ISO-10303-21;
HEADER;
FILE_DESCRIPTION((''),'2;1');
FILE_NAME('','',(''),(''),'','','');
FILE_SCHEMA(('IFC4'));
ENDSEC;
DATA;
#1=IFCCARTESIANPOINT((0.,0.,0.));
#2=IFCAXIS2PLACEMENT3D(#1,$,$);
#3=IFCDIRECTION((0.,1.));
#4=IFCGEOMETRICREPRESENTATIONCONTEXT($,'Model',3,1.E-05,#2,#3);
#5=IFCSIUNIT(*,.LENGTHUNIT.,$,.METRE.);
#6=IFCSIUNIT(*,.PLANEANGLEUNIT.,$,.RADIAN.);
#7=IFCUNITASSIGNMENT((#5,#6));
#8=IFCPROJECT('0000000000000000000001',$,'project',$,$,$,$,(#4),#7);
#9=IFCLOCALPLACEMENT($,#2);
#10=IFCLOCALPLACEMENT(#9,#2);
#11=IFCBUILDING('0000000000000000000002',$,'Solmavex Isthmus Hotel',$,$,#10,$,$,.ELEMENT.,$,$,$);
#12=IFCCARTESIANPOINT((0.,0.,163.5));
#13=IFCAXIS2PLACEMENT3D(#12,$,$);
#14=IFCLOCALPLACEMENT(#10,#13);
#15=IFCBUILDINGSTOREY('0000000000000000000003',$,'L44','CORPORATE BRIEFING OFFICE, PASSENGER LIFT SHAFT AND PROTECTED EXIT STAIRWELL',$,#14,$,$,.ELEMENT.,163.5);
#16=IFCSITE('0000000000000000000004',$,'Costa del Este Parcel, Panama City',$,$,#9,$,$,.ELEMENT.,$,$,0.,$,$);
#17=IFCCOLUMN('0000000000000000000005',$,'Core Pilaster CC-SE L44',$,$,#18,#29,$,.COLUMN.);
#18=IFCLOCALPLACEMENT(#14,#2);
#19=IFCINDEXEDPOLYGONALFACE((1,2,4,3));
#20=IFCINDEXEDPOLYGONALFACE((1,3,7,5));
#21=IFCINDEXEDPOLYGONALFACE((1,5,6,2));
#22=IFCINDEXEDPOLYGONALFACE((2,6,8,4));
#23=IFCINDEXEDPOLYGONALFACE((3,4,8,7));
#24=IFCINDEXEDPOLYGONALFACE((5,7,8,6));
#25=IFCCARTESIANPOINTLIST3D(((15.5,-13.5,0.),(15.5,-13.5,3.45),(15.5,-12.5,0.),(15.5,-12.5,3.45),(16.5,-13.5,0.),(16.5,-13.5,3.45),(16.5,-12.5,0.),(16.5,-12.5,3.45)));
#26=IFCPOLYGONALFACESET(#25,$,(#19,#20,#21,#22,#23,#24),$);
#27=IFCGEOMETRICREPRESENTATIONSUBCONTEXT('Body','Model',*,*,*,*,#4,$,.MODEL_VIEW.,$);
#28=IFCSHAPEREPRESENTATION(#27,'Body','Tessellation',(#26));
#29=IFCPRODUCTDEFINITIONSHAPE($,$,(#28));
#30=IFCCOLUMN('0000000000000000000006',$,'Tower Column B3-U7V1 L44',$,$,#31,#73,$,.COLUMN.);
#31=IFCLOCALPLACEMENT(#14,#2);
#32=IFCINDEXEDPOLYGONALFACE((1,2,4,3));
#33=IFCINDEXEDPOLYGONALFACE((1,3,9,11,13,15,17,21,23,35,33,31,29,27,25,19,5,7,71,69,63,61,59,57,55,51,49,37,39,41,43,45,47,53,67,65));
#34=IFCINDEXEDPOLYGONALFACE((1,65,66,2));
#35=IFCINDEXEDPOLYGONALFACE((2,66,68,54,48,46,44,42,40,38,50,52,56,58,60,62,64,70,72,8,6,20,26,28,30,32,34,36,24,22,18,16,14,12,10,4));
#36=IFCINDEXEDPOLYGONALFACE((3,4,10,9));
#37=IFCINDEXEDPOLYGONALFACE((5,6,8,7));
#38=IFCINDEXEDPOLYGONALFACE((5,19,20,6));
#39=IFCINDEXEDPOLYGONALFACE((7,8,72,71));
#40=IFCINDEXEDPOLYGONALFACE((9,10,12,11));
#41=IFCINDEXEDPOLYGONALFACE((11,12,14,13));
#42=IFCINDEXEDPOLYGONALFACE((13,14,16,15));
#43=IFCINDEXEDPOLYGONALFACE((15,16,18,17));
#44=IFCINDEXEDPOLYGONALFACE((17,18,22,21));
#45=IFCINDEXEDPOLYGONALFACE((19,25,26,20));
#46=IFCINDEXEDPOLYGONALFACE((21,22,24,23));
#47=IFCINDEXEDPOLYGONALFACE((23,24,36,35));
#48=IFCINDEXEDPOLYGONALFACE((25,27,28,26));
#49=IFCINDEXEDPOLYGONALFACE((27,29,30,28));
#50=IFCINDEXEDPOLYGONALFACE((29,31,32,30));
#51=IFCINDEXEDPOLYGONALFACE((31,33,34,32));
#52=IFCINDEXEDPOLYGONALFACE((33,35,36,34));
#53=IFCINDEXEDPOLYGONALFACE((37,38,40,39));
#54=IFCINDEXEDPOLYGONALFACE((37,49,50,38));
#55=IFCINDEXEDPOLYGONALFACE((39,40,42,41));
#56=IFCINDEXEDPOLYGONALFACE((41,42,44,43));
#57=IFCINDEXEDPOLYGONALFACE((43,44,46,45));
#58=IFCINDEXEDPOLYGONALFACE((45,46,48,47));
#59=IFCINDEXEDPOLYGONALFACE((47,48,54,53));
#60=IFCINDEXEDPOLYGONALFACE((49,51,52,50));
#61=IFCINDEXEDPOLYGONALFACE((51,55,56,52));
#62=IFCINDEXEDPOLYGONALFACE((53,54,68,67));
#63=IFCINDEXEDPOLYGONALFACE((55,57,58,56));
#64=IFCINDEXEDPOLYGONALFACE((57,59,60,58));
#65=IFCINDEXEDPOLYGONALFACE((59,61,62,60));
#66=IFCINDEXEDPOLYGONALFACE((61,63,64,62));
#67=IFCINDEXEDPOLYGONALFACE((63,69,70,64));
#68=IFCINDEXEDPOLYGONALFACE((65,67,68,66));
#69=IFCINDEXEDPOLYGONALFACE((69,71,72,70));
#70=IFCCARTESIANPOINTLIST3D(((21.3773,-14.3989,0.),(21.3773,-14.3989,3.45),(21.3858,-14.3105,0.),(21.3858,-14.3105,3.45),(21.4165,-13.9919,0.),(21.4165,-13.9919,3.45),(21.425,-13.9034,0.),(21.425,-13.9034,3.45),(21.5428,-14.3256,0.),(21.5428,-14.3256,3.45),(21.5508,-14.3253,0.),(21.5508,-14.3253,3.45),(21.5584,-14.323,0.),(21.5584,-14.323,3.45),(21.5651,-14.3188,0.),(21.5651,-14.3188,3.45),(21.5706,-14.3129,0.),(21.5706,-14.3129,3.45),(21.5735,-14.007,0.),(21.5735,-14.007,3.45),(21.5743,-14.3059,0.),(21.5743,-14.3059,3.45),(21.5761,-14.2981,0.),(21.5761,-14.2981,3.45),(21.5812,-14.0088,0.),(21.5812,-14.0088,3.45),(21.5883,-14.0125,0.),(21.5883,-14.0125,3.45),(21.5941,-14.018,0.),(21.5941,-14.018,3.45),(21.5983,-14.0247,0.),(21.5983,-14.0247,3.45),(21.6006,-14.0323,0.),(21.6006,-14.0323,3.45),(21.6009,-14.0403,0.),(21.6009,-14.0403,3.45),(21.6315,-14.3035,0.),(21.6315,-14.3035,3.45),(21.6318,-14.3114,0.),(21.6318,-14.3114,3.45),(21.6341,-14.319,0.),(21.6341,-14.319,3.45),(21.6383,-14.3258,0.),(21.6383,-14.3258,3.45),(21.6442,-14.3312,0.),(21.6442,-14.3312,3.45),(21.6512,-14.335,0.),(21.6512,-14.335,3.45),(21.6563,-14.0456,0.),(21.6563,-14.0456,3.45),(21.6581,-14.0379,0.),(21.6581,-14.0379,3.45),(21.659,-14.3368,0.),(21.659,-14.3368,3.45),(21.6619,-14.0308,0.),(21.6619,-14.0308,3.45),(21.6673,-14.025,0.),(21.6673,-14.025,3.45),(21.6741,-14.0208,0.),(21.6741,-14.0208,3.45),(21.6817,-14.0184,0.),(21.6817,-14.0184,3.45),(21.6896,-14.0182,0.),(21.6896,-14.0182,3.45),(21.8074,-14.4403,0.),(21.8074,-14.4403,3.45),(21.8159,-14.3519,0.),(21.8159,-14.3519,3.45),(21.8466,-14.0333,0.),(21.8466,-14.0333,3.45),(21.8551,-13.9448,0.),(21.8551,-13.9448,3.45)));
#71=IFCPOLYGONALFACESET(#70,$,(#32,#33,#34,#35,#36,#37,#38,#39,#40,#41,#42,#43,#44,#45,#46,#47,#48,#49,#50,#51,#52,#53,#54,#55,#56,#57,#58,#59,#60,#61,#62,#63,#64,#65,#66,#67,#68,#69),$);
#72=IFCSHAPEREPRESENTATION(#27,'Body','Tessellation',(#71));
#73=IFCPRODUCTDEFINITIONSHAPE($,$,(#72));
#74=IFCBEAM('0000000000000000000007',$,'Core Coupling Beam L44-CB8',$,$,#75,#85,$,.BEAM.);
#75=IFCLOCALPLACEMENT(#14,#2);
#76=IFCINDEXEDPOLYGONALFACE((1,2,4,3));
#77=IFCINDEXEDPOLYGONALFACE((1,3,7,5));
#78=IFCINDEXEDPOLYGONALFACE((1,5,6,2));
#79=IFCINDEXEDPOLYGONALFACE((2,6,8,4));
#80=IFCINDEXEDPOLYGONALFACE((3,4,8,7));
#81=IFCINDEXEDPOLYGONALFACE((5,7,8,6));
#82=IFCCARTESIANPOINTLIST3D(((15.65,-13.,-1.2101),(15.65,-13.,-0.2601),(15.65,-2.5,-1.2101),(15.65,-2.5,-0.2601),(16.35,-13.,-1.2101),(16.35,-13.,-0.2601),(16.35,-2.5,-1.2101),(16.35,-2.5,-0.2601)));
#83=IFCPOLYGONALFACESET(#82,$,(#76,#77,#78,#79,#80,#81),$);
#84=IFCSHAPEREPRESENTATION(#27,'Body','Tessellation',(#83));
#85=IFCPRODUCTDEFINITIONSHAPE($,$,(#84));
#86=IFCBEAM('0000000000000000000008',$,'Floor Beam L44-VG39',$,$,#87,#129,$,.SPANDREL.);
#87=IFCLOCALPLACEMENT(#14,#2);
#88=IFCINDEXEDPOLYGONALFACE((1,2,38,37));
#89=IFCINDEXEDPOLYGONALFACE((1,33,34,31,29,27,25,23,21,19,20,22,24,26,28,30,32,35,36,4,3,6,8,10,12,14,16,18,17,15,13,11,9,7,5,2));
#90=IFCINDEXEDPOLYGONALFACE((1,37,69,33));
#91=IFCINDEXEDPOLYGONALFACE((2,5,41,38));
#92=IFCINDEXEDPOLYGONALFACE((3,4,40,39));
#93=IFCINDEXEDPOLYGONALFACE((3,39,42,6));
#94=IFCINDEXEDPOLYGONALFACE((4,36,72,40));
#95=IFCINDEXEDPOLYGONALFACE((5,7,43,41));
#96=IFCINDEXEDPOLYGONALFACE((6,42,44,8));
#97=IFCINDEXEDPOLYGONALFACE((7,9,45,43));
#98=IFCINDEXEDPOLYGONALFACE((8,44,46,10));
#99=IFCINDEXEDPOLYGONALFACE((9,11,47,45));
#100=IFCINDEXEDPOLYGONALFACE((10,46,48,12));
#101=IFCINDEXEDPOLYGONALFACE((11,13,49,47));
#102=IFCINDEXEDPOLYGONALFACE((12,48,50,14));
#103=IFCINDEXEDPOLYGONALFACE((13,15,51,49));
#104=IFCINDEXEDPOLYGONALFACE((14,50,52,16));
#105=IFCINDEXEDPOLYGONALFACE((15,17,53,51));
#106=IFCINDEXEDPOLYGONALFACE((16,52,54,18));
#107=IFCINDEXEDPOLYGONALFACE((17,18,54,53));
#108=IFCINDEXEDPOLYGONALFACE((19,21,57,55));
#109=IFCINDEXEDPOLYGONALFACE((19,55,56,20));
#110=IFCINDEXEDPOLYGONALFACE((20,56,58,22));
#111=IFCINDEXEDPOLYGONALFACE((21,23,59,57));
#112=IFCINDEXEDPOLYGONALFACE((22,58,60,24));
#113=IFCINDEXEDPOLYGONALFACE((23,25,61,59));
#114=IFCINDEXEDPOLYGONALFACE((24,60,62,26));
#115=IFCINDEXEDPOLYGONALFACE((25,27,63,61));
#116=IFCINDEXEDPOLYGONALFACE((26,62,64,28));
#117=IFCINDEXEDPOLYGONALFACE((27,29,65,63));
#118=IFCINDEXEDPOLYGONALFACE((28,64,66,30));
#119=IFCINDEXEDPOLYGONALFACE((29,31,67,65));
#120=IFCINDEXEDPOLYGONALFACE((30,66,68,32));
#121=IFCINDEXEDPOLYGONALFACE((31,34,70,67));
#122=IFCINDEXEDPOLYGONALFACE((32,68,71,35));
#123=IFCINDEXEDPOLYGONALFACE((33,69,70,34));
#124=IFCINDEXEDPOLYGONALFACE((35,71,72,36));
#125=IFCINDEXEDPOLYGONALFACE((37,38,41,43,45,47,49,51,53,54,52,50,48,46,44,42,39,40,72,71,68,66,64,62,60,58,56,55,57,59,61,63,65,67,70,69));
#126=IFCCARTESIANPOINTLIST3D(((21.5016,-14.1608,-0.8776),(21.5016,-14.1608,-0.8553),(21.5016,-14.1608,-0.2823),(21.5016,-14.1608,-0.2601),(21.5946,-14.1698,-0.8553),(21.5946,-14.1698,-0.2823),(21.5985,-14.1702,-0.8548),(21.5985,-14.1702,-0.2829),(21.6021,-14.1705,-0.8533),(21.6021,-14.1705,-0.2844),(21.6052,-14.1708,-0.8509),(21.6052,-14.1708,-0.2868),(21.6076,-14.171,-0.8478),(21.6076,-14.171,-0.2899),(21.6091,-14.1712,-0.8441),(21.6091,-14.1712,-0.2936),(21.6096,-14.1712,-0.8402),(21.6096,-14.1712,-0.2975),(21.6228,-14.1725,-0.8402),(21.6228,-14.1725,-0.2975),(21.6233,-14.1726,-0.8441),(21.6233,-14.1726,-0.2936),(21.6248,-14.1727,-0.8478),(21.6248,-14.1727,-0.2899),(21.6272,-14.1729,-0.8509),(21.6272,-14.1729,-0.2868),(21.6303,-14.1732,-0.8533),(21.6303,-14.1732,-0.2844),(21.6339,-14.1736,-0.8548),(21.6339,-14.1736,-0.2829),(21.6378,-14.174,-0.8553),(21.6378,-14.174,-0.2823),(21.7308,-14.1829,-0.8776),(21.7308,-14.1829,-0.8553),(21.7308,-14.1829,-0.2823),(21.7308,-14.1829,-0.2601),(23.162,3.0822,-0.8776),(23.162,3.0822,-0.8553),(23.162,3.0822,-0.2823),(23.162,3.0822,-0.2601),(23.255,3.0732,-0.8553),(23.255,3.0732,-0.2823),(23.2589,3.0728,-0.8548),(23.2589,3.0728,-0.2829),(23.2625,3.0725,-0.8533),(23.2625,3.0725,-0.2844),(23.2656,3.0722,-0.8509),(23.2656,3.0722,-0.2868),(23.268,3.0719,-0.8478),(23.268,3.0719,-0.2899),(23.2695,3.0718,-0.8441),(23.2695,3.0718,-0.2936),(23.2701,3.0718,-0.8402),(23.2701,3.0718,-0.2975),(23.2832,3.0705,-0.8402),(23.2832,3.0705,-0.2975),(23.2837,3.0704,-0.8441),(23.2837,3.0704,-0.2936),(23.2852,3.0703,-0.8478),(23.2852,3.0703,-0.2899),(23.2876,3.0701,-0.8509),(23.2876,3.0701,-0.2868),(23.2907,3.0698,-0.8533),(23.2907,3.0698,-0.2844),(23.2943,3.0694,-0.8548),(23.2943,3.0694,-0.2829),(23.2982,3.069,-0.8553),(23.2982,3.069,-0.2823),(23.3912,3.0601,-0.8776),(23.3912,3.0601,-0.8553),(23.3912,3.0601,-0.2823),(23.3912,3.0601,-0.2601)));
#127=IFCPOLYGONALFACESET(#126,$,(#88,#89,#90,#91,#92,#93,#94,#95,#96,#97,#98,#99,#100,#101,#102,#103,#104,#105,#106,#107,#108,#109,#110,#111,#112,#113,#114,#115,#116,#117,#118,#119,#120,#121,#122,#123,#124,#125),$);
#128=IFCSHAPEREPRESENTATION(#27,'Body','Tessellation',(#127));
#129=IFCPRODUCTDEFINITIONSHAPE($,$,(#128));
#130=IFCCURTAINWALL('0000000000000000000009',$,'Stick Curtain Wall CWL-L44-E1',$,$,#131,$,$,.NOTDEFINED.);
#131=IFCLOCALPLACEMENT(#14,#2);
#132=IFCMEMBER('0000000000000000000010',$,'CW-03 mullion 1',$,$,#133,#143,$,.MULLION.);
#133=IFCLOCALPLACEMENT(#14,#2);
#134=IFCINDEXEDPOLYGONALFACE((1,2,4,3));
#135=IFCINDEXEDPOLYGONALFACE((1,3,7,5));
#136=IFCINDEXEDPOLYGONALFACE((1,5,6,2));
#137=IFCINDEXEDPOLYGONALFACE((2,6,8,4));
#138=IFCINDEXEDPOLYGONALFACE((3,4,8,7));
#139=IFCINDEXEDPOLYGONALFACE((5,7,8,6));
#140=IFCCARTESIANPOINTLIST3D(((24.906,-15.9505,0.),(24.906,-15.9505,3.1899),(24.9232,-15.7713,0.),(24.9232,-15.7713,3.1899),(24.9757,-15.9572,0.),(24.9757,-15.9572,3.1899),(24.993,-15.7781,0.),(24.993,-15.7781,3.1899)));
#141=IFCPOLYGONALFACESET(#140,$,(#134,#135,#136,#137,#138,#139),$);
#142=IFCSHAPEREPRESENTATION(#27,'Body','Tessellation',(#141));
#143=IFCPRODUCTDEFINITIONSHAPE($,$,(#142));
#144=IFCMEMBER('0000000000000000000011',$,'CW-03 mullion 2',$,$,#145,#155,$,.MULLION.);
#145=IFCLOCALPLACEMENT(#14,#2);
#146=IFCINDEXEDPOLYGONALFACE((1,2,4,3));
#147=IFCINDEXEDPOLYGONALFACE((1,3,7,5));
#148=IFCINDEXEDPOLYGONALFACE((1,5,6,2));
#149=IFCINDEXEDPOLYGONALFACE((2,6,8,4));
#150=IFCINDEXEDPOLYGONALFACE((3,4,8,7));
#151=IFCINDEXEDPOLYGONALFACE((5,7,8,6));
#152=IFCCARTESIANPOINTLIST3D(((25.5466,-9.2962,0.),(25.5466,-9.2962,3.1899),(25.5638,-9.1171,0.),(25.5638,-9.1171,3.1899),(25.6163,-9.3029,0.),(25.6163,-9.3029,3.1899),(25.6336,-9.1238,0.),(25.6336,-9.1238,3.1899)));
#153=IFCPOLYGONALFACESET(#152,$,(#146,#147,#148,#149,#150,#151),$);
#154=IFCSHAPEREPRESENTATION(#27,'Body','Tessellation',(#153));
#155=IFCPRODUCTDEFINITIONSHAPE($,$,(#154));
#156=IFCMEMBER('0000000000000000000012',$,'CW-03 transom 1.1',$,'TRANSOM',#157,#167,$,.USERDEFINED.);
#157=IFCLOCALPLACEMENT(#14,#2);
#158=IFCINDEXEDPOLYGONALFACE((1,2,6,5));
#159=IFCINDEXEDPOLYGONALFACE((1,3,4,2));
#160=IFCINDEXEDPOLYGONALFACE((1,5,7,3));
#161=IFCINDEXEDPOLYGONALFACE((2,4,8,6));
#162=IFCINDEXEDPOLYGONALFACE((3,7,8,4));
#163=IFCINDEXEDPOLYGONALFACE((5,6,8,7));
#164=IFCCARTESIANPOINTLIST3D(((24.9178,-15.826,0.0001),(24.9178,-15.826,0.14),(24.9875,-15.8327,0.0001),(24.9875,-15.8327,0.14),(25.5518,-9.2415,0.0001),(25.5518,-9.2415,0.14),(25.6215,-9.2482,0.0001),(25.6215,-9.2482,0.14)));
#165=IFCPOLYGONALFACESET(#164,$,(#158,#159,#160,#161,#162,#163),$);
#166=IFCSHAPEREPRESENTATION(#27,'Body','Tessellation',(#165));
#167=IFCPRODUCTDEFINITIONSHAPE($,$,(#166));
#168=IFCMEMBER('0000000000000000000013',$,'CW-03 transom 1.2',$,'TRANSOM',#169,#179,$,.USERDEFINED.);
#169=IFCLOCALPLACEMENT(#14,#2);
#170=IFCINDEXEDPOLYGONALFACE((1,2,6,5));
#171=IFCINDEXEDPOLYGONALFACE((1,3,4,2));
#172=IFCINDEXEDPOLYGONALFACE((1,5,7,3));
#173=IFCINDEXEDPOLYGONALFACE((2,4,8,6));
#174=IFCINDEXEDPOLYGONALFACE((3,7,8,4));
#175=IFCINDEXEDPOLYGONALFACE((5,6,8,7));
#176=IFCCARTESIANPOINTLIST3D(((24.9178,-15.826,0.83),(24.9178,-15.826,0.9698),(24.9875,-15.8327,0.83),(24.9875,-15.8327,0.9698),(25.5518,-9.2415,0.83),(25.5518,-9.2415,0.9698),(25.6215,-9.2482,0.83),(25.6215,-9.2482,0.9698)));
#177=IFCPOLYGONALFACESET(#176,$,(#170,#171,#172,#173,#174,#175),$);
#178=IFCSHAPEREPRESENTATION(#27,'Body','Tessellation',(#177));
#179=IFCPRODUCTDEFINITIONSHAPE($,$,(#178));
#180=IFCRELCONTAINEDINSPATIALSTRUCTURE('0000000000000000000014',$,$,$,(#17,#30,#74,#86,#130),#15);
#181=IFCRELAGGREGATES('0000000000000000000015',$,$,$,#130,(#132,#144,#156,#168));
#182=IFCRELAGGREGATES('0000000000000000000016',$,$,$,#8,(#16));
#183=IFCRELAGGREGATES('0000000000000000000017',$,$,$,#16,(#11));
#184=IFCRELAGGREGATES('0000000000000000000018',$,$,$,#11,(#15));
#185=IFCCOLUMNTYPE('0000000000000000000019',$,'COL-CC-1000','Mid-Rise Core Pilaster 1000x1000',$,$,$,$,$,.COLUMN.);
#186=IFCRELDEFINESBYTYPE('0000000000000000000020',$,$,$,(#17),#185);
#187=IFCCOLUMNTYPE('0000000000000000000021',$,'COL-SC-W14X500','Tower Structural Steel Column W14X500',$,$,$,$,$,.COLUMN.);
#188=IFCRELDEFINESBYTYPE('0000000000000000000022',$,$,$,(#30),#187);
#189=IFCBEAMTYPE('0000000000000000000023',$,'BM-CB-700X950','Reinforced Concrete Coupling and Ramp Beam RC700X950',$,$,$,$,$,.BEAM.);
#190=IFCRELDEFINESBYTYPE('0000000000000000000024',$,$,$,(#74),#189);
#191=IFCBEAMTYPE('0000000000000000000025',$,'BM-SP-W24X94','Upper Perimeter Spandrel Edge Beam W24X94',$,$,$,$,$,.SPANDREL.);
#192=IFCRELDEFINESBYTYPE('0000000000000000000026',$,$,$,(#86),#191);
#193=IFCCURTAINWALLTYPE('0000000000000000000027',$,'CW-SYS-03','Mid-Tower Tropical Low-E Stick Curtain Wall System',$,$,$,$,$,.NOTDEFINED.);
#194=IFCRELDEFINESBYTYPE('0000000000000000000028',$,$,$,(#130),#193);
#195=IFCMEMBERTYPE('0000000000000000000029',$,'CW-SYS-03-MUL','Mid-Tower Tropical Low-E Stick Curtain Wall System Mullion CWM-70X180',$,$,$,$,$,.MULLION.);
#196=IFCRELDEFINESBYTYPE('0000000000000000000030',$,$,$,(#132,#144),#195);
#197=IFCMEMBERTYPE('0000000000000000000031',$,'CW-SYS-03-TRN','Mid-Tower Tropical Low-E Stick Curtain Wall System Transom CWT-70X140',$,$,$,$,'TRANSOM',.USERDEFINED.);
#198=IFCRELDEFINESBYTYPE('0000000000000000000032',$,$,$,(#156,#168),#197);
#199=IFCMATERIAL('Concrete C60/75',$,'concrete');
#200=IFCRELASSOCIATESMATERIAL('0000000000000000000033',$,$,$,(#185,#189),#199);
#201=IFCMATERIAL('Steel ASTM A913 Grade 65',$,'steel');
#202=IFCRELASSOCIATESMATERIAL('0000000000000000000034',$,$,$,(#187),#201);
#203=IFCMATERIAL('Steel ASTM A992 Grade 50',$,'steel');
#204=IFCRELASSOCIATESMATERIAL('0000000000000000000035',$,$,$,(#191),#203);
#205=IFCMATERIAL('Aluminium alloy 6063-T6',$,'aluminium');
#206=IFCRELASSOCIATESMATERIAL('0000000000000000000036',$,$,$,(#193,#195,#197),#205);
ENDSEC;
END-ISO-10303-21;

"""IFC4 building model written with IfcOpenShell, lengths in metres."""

from ifc_helpers import new_model, si_unit, direction, frame, origin, origin_2d, place, context, subcontext, project, spatial, rectangle, i_section, extrude, material, material_profile, profile_set, type_object, element, aggregate, save


model = new_model("IFC4")

# Units and contexts
model_context = context("Model", 3, precision=1e-05, world=origin(), true_north=direction((0.0, 1.0)))
body_context = subcontext(model_context, "Body", "Model", "MODEL_VIEW")
ifc_project = project(units=[si_unit("LENGTHUNIT", "METRE"), si_unit("PLANEANGLEUNIT", "RADIAN")], contexts=[model_context])

# Site, building, storey
site_placement = place(None, origin())
site = spatial("IfcSite", under=ifc_project, at=site_placement, Name="Costa del Este Parcel, Panama City", CompositionType="ELEMENT", RefElevation=0.0)
building_placement = place(site_placement, origin())
building = spatial("IfcBuilding", under=site, at=building_placement, Name="Solmavex Isthmus Hotel", CompositionType="ELEMENT")
storey_placement = place(building_placement, frame((0.0, 0.0, 163.5)))
storey = spatial("IfcBuildingStorey", under=building, at=storey_placement, Name="L44", Description="CORPORATE BRIEFING OFFICE, PASSENGER LIFT SHAFT AND PROTECTED EXIT STAIRWELL", CompositionType="ELEMENT", Elevation=163.5)

# Columns
ifc_material_1 = material(Name="Concrete C60/75", Category="concrete")
ifc_material_profile_1 = material_profile(ifc_material_1, rectangle(XDim=1.0, YDim=1.0, at=origin_2d()), Name="RC1000X1000")
ifc_profile_set_1 = profile_set([ifc_material_profile_1], Name="Concrete C60/75")
column_type_1 = type_object("IfcColumnType", Name="COL-CC-1000", Description="Mid-Rise Core Pilaster 1000x1000", PredefinedType="COLUMN", material=ifc_profile_set_1)
column_1_placement = place(storey_placement, frame((16.0, -13.0, 0.0), z_axis=(0.0, 0.0, 1.0), x_axis=(1.0, 0.0, 0.0)))
element("IfcColumn", 1, at=column_1_placement, inside=storey, type_object=column_type_1, Name="Core Pilaster CC-SE L44", PredefinedType="COLUMN", context=body_context, shape_type="SweptSolid", body=[
    extrude(rectangle(XDim=1.0, YDim=1.0, at=origin_2d()), origin(), (0.0, 0.0, 1.0), 3.45),
])
ifc_material_2 = material(Name="Steel ASTM A913 Grade 65", Category="steel")
ifc_material_profile_2 = material_profile(ifc_material_2, i_section(OverallWidth=0.4321, OverallDepth=0.4978, WebThickness=0.0557, FlangeThickness=0.0889, FilletRadius=0.0305, at=origin_2d()), Name="W14X500")
ifc_profile_set_2 = profile_set([ifc_material_profile_2], Name="Steel ASTM A913 Grade 65")
column_type_2 = type_object("IfcColumnType", Name="COL-SC-W14X500", Description="Tower Structural Steel Column W14X500", PredefinedType="COLUMN", material=ifc_profile_set_2)
column_2_placement = place(storey_placement, frame((21.6162, -14.1719, 0.0), z_axis=(0.0, 0.0, 1.0), x_axis=(0.995396, -0.095846, 0.0)))
element("IfcColumn", 2, at=column_2_placement, inside=storey, type_object=column_type_2, Name="Tower Column B3-U7V1 L44", PredefinedType="COLUMN", context=body_context, shape_type="SweptSolid", body=[
    extrude(i_section(OverallWidth=0.4321, OverallDepth=0.4978, WebThickness=0.0557, FlangeThickness=0.0889, FilletRadius=0.0305, at=origin_2d()), origin(), (0.0, 0.0, 1.0), 3.45),
])

# Beams
ifc_material_profile_3 = material_profile(ifc_material_1, rectangle(XDim=0.7, YDim=0.95, at=origin_2d()), Name="RC700X950")
ifc_profile_set_3 = profile_set([ifc_material_profile_3], Name="Concrete C60/75")
beam_type_1 = type_object("IfcBeamType", Name="BM-CB-700X950", Description="Reinforced Concrete Coupling and Ramp Beam RC700X950", PredefinedType="BEAM", material=ifc_profile_set_3)
beam_1_placement = place(storey_placement, frame((16.0, -13.0, -0.7351), z_axis=(0.0, 1.0, 0.0), x_axis=(-1.0, 0.0, 0.0)))
element("IfcBeam", 3, at=beam_1_placement, inside=storey, type_object=beam_type_1, Name="Core Coupling Beam L44-CB8", PredefinedType="BEAM", context=body_context, shape_type="SweptSolid", body=[
    extrude(rectangle(XDim=0.7, YDim=0.95, at=origin_2d()), origin(), (0.0, 0.0, 1.0), 10.5),
])
ifc_material_3 = material(Name="Steel ASTM A992 Grade 50", Category="steel")
ifc_material_profile_4 = material_profile(ifc_material_3, i_section(OverallWidth=0.2302, OverallDepth=0.6174, WebThickness=0.0132, FlangeThickness=0.0222, FilletRadius=0.0151, at=origin_2d()), Name="W24X94")
ifc_profile_set_4 = profile_set([ifc_material_profile_4], Name="Steel ASTM A992 Grade 50")
beam_type_2 = type_object("IfcBeamType", Name="BM-SP-W24X94", Description="Upper Perimeter Spandrel Edge Beam W24X94", PredefinedType="SPANDREL", material=ifc_profile_set_4)
beam_2_placement = place(storey_placement, frame((21.6162, -14.1719, -0.5688), z_axis=(0.095851, 0.995396, 0.0), x_axis=(-0.995396, 0.095851, 0.0)))
element("IfcBeam", 4, at=beam_2_placement, inside=storey, type_object=beam_type_2, Name="Floor Beam L44-VG39", PredefinedType="SPANDREL", context=body_context, shape_type="SweptSolid", body=[
    extrude(i_section(OverallWidth=0.2302, OverallDepth=0.6174, WebThickness=0.0132, FlangeThickness=0.0222, FilletRadius=0.0151, at=origin_2d()), origin(), (0.0, 0.0, 1.0), 17.3228),
])

# Curtain wall, members
ifc_material_4 = material(Name="Aluminium alloy 6063-T6", Category="aluminium")
curtain_wall_type = type_object("IfcCurtainWallType", Name="CW-SYS-03", Description="Mid-Tower Tropical Low-E Stick Curtain Wall System", PredefinedType="NOTDEFINED", material=ifc_material_4)
curtain_wall_placement = place(storey_placement, origin())
curtain_wall = element("IfcCurtainWall", 5, at=curtain_wall_placement, inside=storey, type_object=curtain_wall_type, Name="Stick Curtain Wall CWL-L44-E1", PredefinedType="NOTDEFINED")
ifc_material_profile_5 = material_profile(ifc_material_4, rectangle(XDim=0.0701, YDim=0.1799, at=origin_2d()), Name="CWM-70X180")
ifc_profile_set_5 = profile_set([ifc_material_profile_5], Name="Aluminium alloy 6063-T6")
member_type_1 = type_object("IfcMemberType", Name="CW-SYS-03-MUL", Description="Mid-Tower Tropical Low-E Stick Curtain Wall System Mullion CWM-70X180", PredefinedType="MULLION", material=ifc_profile_set_5)
member_1_placement = place(storey_placement, frame((24.9495, -15.8643, 0.0), z_axis=(0.0, 0.0, 1.0), x_axis=(-0.995396, 0.095846, 0.0)))
member_1 = element("IfcMember", 6, at=member_1_placement, type_object=member_type_1, Name="CW-03 mullion 1", PredefinedType="MULLION", context=body_context, shape_type="SweptSolid", body=[
    extrude(rectangle(XDim=0.0701, YDim=0.1799, at=origin_2d()), origin(), (0.0, 0.0, 1.0), 3.1899),
])
member_2_placement = place(storey_placement, frame((25.5901, -9.21, 0.0), z_axis=(0.0, 0.0, 1.0), x_axis=(-0.995396, 0.095846, 0.0)))
member_2 = element("IfcMember", 7, at=member_2_placement, type_object=member_type_1, Name="CW-03 mullion 2", PredefinedType="MULLION", context=body_context, shape_type="SweptSolid", body=[
    extrude(rectangle(XDim=0.0701, YDim=0.1799, at=origin_2d()), origin(), (0.0, 0.0, 1.0), 3.1899),
])
ifc_material_profile_6 = material_profile(ifc_material_4, rectangle(XDim=0.0701, YDim=0.1399, at=origin_2d()), Name="CWT-70X140")
ifc_profile_set_6 = profile_set([ifc_material_profile_6], Name="Aluminium alloy 6063-T6")
member_type_2 = type_object("IfcMemberType", Name="CW-SYS-03-TRN", Description="Mid-Tower Tropical Low-E Stick Curtain Wall System Transom CWT-70X140", ElementType="TRANSOM", PredefinedType="USERDEFINED", material=ifc_profile_set_6)
member_3_placement = place(storey_placement, frame((24.9526, -15.8293, 0.0701), z_axis=(0.095849, 0.995396, 0.0), x_axis=(-0.995396, 0.095849, 0.0)))
member_3 = element("IfcMember", 8, at=member_3_placement, type_object=member_type_2, Name="CW-03 transom 1.1", ObjectType="TRANSOM", PredefinedType="USERDEFINED", context=body_context, shape_type="SweptSolid", body=[
    extrude(rectangle(XDim=0.0701, YDim=0.1399, at=origin_2d()), origin(), (0.0, 0.0, 1.0), 6.615),
])
member_4_placement = place(storey_placement, frame((24.9526, -15.8293, 0.8999), z_axis=(0.095849, 0.995396, 0.0), x_axis=(-0.995396, 0.095849, 0.0)))
member_4 = element("IfcMember", 9, at=member_4_placement, type_object=member_type_2, Name="CW-03 transom 1.2", ObjectType="TRANSOM", PredefinedType="USERDEFINED", context=body_context, shape_type="SweptSolid", body=[
    extrude(rectangle(XDim=0.0701, YDim=0.1399, at=origin_2d()), origin(), (0.0, 0.0, 1.0), 6.615),
])
aggregate(curtain_wall, [member_1, member_2, member_3, member_4])

save(model, "model.ifc")
